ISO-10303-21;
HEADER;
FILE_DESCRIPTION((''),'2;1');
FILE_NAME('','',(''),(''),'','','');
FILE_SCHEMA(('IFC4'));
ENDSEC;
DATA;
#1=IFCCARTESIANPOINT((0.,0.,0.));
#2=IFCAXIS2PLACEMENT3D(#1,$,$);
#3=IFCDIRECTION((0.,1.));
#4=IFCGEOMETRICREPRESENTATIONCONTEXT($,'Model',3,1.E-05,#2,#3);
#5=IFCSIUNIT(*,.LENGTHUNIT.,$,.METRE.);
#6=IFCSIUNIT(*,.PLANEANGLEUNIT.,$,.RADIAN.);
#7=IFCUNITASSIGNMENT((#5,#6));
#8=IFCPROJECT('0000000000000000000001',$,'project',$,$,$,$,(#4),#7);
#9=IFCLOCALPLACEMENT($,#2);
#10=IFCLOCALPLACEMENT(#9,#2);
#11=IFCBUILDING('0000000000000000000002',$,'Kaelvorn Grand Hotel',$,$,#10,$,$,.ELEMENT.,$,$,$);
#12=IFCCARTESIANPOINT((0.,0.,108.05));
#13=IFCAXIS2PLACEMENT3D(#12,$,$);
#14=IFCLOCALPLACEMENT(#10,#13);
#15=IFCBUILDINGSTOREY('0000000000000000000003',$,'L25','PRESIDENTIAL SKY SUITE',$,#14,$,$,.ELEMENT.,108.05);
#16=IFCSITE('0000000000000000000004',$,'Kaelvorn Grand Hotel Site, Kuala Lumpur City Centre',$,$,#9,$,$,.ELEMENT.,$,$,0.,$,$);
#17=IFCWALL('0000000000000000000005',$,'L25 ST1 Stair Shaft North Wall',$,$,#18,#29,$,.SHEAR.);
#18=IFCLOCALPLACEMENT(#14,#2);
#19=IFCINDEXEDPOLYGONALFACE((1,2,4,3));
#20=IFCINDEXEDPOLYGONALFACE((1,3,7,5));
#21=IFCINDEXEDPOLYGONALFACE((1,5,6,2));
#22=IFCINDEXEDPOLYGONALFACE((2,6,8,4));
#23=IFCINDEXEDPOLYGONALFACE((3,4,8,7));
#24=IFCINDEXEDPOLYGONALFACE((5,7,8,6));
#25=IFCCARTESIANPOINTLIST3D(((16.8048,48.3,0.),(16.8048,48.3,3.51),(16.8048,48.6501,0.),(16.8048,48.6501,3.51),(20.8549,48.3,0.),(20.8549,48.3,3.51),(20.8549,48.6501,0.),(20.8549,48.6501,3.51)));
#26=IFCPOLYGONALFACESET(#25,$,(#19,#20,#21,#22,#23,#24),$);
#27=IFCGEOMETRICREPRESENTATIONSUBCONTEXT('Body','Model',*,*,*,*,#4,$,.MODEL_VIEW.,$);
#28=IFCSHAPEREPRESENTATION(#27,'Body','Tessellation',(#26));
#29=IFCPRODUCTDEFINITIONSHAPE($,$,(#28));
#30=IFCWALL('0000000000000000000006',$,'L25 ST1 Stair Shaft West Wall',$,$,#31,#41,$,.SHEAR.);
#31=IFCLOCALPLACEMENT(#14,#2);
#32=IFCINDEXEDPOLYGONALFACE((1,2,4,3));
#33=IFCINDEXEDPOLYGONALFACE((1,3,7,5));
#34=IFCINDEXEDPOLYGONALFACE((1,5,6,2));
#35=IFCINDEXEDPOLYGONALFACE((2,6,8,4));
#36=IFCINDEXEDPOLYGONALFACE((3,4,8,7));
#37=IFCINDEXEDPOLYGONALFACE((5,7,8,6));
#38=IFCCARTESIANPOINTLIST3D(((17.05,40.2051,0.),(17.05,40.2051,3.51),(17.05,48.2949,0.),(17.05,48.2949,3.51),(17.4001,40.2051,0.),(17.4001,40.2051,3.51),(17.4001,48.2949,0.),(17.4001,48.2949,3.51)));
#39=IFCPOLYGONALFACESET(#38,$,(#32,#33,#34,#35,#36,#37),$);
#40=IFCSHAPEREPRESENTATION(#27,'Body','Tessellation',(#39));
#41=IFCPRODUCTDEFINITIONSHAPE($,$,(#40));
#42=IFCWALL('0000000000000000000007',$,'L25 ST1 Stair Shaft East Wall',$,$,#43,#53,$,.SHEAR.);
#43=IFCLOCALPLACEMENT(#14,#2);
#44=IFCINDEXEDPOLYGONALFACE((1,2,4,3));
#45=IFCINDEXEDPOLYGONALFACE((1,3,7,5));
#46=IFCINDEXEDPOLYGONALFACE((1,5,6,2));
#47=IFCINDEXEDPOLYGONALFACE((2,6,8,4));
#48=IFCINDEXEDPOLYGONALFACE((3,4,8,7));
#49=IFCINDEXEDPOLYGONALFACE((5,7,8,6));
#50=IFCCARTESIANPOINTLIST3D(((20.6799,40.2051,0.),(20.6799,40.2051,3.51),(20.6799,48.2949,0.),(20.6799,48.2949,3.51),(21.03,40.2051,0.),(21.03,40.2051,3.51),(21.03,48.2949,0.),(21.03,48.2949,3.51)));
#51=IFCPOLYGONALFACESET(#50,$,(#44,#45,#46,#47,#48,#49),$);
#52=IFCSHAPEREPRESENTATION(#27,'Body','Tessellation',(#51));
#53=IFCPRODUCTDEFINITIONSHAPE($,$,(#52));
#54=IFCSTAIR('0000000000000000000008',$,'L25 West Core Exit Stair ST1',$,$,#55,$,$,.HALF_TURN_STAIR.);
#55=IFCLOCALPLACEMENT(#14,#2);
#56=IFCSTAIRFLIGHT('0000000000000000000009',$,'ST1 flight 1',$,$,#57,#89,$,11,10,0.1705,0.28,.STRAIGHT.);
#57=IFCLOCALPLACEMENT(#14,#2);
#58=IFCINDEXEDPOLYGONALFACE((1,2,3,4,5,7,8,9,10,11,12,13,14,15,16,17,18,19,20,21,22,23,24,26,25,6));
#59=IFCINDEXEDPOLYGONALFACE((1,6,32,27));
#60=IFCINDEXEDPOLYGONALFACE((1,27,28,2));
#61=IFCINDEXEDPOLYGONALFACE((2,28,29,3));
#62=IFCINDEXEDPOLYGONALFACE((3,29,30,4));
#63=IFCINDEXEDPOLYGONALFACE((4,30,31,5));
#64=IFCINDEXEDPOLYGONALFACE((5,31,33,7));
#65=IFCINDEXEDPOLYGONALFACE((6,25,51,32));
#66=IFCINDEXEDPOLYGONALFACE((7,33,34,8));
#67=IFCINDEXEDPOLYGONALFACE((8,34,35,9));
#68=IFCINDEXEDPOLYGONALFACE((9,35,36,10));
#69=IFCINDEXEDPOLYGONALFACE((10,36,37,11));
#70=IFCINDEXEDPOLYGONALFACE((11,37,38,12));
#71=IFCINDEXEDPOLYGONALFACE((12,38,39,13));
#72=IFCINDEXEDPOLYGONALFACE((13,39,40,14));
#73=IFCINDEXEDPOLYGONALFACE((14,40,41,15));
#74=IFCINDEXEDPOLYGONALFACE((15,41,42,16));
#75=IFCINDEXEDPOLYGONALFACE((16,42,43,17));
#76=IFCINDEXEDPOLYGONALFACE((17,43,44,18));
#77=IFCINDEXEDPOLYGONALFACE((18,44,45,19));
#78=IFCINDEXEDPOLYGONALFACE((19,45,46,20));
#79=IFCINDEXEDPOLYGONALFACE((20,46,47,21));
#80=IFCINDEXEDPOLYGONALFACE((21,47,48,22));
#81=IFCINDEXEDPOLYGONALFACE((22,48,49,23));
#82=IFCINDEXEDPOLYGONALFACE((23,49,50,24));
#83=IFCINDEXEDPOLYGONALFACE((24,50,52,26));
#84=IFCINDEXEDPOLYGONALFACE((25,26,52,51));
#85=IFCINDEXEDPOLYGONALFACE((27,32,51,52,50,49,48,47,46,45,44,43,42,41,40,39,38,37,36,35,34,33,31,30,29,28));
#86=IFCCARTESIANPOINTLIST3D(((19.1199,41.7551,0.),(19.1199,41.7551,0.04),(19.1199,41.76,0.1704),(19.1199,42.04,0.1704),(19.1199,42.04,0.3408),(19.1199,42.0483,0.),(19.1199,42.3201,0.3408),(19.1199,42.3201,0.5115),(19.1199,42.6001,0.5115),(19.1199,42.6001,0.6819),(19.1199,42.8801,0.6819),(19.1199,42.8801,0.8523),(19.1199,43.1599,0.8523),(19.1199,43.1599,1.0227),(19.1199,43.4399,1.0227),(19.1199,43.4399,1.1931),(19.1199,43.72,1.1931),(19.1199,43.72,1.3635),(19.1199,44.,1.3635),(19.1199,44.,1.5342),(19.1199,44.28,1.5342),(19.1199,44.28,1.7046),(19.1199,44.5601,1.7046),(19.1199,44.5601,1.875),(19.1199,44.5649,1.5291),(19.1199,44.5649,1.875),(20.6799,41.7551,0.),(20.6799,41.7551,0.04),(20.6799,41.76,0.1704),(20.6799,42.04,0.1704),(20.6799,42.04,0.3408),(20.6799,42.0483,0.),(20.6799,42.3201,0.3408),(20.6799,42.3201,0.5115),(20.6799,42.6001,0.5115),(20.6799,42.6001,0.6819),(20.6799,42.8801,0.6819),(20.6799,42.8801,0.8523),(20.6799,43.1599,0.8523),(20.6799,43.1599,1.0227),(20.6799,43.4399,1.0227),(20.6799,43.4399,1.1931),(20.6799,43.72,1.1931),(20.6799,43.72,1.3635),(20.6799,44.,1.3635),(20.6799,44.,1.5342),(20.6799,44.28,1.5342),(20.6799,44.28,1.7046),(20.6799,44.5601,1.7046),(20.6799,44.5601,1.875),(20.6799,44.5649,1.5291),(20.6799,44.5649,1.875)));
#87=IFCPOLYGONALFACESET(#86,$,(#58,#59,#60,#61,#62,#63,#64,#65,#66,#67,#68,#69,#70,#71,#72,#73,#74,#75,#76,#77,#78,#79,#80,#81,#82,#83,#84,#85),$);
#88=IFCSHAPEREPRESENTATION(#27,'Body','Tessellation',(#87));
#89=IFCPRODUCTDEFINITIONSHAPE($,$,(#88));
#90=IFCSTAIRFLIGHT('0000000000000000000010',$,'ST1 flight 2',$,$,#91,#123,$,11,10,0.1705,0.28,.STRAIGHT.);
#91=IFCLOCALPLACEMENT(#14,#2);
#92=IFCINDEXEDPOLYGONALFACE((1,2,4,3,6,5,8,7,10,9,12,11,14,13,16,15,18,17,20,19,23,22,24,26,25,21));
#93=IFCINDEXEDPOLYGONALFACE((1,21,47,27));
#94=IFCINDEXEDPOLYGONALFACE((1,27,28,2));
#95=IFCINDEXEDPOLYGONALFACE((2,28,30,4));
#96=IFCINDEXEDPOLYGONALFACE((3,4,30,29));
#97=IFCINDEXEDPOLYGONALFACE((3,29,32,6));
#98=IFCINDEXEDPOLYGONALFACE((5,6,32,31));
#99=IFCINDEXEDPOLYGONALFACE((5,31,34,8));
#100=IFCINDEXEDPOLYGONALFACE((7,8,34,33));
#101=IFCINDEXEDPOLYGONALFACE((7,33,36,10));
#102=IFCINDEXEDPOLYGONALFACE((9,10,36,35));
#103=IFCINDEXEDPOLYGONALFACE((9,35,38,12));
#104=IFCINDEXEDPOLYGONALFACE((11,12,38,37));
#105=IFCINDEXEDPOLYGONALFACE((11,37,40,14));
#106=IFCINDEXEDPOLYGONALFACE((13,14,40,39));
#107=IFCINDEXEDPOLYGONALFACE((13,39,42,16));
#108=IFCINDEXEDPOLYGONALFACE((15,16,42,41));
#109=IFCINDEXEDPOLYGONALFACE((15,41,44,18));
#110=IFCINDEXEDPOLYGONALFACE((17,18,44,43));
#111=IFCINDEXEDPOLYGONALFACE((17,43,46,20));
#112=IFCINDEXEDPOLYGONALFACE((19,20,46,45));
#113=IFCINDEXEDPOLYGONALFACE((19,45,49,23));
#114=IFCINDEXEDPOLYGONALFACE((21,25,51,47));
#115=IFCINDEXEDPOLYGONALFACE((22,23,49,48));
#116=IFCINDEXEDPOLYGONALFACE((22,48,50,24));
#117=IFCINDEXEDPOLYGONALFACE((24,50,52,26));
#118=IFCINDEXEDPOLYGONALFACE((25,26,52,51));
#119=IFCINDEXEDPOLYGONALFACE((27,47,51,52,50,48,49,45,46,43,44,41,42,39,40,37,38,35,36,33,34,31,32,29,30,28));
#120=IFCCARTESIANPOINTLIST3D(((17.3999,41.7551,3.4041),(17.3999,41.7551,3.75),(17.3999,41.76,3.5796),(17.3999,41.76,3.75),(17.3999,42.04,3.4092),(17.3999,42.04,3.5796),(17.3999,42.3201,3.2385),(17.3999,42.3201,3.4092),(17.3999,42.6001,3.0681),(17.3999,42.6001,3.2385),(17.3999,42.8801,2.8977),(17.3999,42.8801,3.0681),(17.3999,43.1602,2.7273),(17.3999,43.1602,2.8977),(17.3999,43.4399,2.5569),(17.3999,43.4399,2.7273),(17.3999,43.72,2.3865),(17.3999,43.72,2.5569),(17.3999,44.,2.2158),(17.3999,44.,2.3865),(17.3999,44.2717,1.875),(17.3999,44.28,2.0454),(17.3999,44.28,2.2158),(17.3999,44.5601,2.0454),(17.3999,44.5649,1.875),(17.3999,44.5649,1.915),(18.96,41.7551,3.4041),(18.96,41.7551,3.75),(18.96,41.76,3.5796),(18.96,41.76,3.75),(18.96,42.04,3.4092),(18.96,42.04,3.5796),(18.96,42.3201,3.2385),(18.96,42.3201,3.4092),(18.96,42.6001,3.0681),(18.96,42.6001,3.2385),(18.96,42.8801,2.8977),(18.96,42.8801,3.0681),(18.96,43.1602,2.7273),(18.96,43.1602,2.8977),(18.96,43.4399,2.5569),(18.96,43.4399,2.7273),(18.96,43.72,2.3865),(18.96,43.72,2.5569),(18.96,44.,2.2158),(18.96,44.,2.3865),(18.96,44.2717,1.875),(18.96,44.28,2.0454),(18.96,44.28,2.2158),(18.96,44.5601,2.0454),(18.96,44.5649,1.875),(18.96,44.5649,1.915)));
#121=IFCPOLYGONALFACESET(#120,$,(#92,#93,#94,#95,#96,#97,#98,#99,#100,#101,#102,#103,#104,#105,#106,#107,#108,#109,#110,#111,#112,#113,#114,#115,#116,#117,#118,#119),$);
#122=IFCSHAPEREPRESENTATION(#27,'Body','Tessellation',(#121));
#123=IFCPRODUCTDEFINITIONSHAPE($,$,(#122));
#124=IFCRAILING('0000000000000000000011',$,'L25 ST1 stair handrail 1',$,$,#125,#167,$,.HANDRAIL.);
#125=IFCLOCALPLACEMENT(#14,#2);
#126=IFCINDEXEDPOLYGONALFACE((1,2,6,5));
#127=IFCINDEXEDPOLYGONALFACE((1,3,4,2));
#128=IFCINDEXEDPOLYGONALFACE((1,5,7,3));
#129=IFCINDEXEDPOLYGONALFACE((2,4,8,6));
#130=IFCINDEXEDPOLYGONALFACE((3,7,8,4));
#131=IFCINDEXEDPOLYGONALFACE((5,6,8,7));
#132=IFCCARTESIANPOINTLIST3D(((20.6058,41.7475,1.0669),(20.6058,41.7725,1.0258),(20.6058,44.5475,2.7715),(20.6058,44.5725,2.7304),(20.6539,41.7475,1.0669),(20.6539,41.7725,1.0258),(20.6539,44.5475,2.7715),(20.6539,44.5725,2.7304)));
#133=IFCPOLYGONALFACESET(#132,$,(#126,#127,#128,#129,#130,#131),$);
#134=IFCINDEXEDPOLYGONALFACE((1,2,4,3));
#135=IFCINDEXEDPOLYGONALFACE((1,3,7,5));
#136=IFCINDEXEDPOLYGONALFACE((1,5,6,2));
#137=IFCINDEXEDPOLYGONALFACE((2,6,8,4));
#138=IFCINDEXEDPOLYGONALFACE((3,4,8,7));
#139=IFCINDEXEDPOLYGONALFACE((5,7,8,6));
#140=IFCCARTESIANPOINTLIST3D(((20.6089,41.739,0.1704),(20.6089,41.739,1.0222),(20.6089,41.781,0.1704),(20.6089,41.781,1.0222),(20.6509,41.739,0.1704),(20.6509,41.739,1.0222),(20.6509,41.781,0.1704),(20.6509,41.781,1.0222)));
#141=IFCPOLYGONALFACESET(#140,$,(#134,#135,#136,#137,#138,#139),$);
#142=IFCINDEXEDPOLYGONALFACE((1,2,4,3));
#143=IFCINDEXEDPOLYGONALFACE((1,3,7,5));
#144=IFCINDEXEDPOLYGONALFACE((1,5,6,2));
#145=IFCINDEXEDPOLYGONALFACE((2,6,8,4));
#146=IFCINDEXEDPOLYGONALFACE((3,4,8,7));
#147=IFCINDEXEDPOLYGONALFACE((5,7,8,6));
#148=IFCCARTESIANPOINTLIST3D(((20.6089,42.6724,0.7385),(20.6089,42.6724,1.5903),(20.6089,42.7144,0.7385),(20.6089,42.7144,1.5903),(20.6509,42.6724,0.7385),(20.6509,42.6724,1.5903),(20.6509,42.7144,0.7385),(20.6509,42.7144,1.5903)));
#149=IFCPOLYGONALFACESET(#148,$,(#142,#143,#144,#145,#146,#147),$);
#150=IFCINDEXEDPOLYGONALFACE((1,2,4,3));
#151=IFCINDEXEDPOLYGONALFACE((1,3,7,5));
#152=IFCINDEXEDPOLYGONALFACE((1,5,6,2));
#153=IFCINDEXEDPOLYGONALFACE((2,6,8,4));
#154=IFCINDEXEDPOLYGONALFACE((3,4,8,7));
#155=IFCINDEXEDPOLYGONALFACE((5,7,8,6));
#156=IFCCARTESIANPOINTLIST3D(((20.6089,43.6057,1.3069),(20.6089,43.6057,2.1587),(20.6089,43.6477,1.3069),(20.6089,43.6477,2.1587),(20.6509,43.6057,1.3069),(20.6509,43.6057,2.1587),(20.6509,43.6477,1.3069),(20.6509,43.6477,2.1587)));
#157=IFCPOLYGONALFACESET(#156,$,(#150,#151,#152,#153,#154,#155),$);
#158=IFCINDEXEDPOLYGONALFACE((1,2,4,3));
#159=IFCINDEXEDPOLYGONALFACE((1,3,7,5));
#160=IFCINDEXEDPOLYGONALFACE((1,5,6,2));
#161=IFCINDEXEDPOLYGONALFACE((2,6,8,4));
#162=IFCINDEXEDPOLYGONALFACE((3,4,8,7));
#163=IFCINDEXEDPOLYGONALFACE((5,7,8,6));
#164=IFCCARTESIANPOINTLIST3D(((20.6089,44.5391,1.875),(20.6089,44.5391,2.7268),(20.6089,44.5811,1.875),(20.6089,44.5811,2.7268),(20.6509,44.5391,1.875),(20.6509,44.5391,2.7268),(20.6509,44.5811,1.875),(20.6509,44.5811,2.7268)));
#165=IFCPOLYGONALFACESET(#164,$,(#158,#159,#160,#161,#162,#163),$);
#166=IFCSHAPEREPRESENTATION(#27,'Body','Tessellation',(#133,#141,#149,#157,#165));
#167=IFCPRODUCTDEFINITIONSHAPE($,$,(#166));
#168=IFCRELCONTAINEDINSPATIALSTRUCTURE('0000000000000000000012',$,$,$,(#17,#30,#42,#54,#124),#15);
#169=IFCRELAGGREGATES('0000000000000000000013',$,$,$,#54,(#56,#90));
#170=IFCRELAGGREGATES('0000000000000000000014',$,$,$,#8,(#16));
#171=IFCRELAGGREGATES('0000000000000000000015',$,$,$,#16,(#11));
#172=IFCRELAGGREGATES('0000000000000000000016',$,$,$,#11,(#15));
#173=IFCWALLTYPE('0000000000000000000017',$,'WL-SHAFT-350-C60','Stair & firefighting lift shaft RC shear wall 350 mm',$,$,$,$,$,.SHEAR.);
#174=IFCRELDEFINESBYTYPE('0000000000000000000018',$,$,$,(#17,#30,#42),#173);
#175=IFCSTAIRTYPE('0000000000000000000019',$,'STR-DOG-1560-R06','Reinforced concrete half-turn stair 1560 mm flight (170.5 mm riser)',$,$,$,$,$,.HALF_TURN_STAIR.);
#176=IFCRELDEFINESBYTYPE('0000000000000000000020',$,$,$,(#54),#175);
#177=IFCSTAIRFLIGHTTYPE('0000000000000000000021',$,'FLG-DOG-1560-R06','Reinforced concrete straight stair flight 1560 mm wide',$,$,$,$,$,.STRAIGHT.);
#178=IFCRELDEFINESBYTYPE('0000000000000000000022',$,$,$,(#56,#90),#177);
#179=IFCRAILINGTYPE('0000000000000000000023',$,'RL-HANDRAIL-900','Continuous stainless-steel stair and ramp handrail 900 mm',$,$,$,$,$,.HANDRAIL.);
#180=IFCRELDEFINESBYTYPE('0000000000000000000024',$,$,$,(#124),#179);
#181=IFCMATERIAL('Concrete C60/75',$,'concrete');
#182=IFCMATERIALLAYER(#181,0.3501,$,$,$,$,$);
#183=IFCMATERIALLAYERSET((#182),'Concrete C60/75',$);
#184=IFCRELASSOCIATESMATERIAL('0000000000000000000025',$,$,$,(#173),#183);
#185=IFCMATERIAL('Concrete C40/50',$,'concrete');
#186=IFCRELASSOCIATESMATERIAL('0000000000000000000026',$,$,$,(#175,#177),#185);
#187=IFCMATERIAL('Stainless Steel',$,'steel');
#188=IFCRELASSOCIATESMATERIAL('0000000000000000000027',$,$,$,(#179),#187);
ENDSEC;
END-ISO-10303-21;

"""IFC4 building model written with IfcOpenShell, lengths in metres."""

from ifc_helpers import new_model, si_unit, direction, frame, frame_2d, origin, origin_2d, place, context, subcontext, project, spatial, polyline, rectangle, outline, extrude, material, layer, layer_set, type_object, element, aggregate, save


model = new_model("IFC4")

# Units and contexts
model_context = context("Model", 3, precision=1e-05, world=origin(), true_north=direction((0.0, 1.0)))
body_context = subcontext(model_context, "Body", "Model", "MODEL_VIEW")
ifc_project = project(units=[si_unit("LENGTHUNIT", "METRE"), si_unit("PLANEANGLEUNIT", "RADIAN")], contexts=[model_context])

# Site, building, storey
site_placement = place(None, origin())
site = spatial("IfcSite", under=ifc_project, at=site_placement, Name="Kaelvorn Grand Hotel Site, Kuala Lumpur City Centre", CompositionType="ELEMENT", RefElevation=0.0)
building_placement = place(site_placement, origin())
building = spatial("IfcBuilding", under=site, at=building_placement, Name="Kaelvorn Grand Hotel", CompositionType="ELEMENT")
storey_placement = place(building_placement, frame((0.0, 0.0, 108.05)))
storey = spatial("IfcBuildingStorey", under=building, at=storey_placement, Name="L25", Description="PRESIDENTIAL SKY SUITE", CompositionType="ELEMENT", Elevation=108.05)

# Shared definitions
ifc_material_1 = material(Name="Concrete C60/75", Category="concrete")

# Shared definitions
ifc_material_2 = material(Name="Concrete C40/50", Category="concrete")

# Shared definitions
ifc_material_3 = material(Name="Stainless Steel", Category="steel")

# Shared definitions
ifc_layer_1 = layer(ifc_material_1, 0.3501)
ifc_layer_set_1 = layer_set([ifc_layer_1], Name="Concrete C60/75")
wall_type_1 = type_object("IfcWallType", Name="WL-SHAFT-350-C60", Description="Stair & firefighting lift shaft RC shear wall 350 mm", PredefinedType="SHEAR", material=ifc_layer_set_1)

# Walls
wall_1_placement = place(storey_placement, frame((16.8049, 48.4751, 0.0), z_axis=(0.0, 0.0, 1.0), x_axis=(1.0, 0.0, 0.0)))
element("IfcWall", 1, at=wall_1_placement, inside=storey, type_object=wall_type_1, Name="L25 ST1 Stair Shaft North Wall", PredefinedType="SHEAR", context=body_context, shape_type="SweptSolid", body=[
    extrude(rectangle(XDim=4.05, YDim=0.3501, at=frame_2d((2.0249, 0.0))), origin(), (0.0, 0.0, 1.0), 3.51),
])
for number, where, z_axis, x_axis, name in (
    (2, (17.2251, 40.2051, 0.0), (0.0, 0.0, 1.0), (0.0, 1.0, 0.0), "L25 ST1 Stair Shaft West Wall"),
    (3, (20.855, 40.2051, 0.0), (0.0, 0.0, 1.0), (0.0, 1.0, 0.0), "L25 ST1 Stair Shaft East Wall"),
):
    element("IfcWall", number, at=place(storey_placement, frame(where, z_axis=z_axis, x_axis=x_axis)), inside=storey, type_object=wall_type_1, Name=name, PredefinedType="SHEAR", context=body_context, shape_type="SweptSolid", body=[
        extrude(rectangle(XDim=8.0898, YDim=0.3501, at=frame_2d((4.0449, 0.0))), origin(), (0.0, 0.0, 1.0), 3.51),
    ])

# Stair, stair flights
stair_type = type_object("IfcStairType", Name="STR-DOG-1560-R06", Description="Reinforced concrete half-turn stair 1560 mm flight (170.5 mm riser)", PredefinedType="HALF_TURN_STAIR", material=ifc_material_2)
stair_placement = place(storey_placement, origin())
stair = element("IfcStair", 4, at=stair_placement, inside=storey, type_object=stair_type, Name="L25 West Core Exit Stair ST1", PredefinedType="HALF_TURN_STAIR")
stair_flight_type = type_object("IfcStairFlightType", Name="FLG-DOG-1560-R06", Description="Reinforced concrete straight stair flight 1560 mm wide", PredefinedType="STRAIGHT", material=ifc_material_2)
stair_flight_1_placement = place(storey_placement, frame((19.8999, 41.76, 0.0), z_axis=(0.0, 0.0, 1.0), x_axis=(0.0, 1.0, 0.0)))
stair_flight_1 = element("IfcStairFlight", 5, at=stair_flight_1_placement, type_object=stair_flight_type, Name="ST1 flight 1", NumberOfRisers=11, NumberOfTreads=10, PredefinedType="STRAIGHT", RiserHeight=0.1705, TreadLength=0.28, context=body_context, shape_type="SweptSolid", body=[
    extrude(outline(polyline([(-0.0049, 0.0), (-0.0049, 0.04), (0.0, 0.1704), (0.28, 0.1704), (0.28, 0.3408), (0.5601, 0.3408), (0.5601, 0.5115), (0.8401, 0.5115), (0.8401, 0.6819), (1.1201, 0.6819), (1.1201, 0.8523), (1.3999, 0.8523), (1.3999, 1.0227), (1.6799, 1.0227), (1.6799, 1.1931), (1.96, 1.1931), (1.96, 1.3635), (2.24, 1.3635), (2.24, 1.5342), (2.52, 1.5342), (2.52, 1.7046), (2.8, 1.7046), (2.8, 1.875), (2.8049, 1.875), (2.8049, 1.5291), (0.2883, 0.0), (-0.0049, 0.0)])), frame((0.0, 0.78, 0.0), z_axis=(0.0, -1.0, 0.0), x_axis=(1.0, 0.0, 0.0)), (0.0, 0.0, 1.0), 1.5601),
])
stair_flight_2_placement = place(storey_placement, frame((18.1799, 44.5601, 1.875), z_axis=(0.0, 0.0, 1.0), x_axis=(0.0, -1.0, 0.0)))
stair_flight_2 = element("IfcStairFlight", 6, at=stair_flight_2_placement, type_object=stair_flight_type, Name="ST1 flight 2", NumberOfRisers=11, NumberOfTreads=10, PredefinedType="STRAIGHT", RiserHeight=0.1705, TreadLength=0.28, context=body_context, shape_type="SweptSolid", body=[
    extrude(outline(polyline([(-0.0049, 0.0), (-0.0049, 0.04), (0.0, 0.1704), (0.28, 0.1704), (0.28, 0.3408), (0.5601, 0.3408), (0.5601, 0.5115), (0.8401, 0.5115), (0.8401, 0.6819), (1.1201, 0.6819), (1.1201, 0.8523), (1.3999, 0.8523), (1.3999, 1.0227), (1.6799, 1.0227), (1.6799, 1.1931), (1.96, 1.1931), (1.96, 1.3635), (2.24, 1.3635), (2.24, 1.5342), (2.52, 1.5342), (2.52, 1.7046), (2.8, 1.7046), (2.8, 1.875), (2.8049, 1.875), (2.8049, 1.5291), (0.2883, 0.0), (-0.0049, 0.0)])), frame((0.0, 0.78, 0.0), z_axis=(0.0, -1.0, 0.0), x_axis=(1.0, 0.0, 0.0)), (0.0, 0.0, 1.0), 1.5601),
])
aggregate(stair, [stair_flight_1, stair_flight_2])

# Railing
railing_type_1 = type_object("IfcRailingType", Name="RL-HANDRAIL-900", Description="Continuous stainless-steel stair and ramp handrail 900 mm", PredefinedType="HANDRAIL", material=ifc_material_3)
railing_1_placement = place(storey_placement, frame((20.6299, 41.76, 0.1704)))
element("IfcRailing", 7, at=railing_1_placement, inside=storey, type_object=railing_type_1, Name="L25 ST1 stair handrail 1", PredefinedType="HANDRAIL", context=body_context, shape_type="SweptSolid", body=[
    extrude(rectangle(XDim=0.0481, YDim=0.0481, at=origin_2d()), frame((0.0, 0.0, 0.876), z_axis=(0.0, 0.85417, 0.519994), x_axis=(-1.0, 0.0, 0.0)), (0.0, 0.0, 1.0), 3.2781),
    extrude(rectangle(XDim=0.042, YDim=0.042, at=origin_2d()), origin(), (0.0, 0.0, 1.0), 0.8518),
    extrude(rectangle(XDim=0.042, YDim=0.042, at=origin_2d()), frame((0.0, 0.9333, 0.5681)), (0.0, 0.0, 1.0), 0.8518),
    extrude(rectangle(XDim=0.042, YDim=0.042, at=origin_2d()), frame((0.0, 1.8667, 1.1365)), (0.0, 0.0, 1.0), 0.8518),
    extrude(rectangle(XDim=0.042, YDim=0.042, at=origin_2d()), frame((0.0, 2.8, 1.7046)), (0.0, 0.0, 1.0), 0.8518),
])

save(model, "model.ifc")
